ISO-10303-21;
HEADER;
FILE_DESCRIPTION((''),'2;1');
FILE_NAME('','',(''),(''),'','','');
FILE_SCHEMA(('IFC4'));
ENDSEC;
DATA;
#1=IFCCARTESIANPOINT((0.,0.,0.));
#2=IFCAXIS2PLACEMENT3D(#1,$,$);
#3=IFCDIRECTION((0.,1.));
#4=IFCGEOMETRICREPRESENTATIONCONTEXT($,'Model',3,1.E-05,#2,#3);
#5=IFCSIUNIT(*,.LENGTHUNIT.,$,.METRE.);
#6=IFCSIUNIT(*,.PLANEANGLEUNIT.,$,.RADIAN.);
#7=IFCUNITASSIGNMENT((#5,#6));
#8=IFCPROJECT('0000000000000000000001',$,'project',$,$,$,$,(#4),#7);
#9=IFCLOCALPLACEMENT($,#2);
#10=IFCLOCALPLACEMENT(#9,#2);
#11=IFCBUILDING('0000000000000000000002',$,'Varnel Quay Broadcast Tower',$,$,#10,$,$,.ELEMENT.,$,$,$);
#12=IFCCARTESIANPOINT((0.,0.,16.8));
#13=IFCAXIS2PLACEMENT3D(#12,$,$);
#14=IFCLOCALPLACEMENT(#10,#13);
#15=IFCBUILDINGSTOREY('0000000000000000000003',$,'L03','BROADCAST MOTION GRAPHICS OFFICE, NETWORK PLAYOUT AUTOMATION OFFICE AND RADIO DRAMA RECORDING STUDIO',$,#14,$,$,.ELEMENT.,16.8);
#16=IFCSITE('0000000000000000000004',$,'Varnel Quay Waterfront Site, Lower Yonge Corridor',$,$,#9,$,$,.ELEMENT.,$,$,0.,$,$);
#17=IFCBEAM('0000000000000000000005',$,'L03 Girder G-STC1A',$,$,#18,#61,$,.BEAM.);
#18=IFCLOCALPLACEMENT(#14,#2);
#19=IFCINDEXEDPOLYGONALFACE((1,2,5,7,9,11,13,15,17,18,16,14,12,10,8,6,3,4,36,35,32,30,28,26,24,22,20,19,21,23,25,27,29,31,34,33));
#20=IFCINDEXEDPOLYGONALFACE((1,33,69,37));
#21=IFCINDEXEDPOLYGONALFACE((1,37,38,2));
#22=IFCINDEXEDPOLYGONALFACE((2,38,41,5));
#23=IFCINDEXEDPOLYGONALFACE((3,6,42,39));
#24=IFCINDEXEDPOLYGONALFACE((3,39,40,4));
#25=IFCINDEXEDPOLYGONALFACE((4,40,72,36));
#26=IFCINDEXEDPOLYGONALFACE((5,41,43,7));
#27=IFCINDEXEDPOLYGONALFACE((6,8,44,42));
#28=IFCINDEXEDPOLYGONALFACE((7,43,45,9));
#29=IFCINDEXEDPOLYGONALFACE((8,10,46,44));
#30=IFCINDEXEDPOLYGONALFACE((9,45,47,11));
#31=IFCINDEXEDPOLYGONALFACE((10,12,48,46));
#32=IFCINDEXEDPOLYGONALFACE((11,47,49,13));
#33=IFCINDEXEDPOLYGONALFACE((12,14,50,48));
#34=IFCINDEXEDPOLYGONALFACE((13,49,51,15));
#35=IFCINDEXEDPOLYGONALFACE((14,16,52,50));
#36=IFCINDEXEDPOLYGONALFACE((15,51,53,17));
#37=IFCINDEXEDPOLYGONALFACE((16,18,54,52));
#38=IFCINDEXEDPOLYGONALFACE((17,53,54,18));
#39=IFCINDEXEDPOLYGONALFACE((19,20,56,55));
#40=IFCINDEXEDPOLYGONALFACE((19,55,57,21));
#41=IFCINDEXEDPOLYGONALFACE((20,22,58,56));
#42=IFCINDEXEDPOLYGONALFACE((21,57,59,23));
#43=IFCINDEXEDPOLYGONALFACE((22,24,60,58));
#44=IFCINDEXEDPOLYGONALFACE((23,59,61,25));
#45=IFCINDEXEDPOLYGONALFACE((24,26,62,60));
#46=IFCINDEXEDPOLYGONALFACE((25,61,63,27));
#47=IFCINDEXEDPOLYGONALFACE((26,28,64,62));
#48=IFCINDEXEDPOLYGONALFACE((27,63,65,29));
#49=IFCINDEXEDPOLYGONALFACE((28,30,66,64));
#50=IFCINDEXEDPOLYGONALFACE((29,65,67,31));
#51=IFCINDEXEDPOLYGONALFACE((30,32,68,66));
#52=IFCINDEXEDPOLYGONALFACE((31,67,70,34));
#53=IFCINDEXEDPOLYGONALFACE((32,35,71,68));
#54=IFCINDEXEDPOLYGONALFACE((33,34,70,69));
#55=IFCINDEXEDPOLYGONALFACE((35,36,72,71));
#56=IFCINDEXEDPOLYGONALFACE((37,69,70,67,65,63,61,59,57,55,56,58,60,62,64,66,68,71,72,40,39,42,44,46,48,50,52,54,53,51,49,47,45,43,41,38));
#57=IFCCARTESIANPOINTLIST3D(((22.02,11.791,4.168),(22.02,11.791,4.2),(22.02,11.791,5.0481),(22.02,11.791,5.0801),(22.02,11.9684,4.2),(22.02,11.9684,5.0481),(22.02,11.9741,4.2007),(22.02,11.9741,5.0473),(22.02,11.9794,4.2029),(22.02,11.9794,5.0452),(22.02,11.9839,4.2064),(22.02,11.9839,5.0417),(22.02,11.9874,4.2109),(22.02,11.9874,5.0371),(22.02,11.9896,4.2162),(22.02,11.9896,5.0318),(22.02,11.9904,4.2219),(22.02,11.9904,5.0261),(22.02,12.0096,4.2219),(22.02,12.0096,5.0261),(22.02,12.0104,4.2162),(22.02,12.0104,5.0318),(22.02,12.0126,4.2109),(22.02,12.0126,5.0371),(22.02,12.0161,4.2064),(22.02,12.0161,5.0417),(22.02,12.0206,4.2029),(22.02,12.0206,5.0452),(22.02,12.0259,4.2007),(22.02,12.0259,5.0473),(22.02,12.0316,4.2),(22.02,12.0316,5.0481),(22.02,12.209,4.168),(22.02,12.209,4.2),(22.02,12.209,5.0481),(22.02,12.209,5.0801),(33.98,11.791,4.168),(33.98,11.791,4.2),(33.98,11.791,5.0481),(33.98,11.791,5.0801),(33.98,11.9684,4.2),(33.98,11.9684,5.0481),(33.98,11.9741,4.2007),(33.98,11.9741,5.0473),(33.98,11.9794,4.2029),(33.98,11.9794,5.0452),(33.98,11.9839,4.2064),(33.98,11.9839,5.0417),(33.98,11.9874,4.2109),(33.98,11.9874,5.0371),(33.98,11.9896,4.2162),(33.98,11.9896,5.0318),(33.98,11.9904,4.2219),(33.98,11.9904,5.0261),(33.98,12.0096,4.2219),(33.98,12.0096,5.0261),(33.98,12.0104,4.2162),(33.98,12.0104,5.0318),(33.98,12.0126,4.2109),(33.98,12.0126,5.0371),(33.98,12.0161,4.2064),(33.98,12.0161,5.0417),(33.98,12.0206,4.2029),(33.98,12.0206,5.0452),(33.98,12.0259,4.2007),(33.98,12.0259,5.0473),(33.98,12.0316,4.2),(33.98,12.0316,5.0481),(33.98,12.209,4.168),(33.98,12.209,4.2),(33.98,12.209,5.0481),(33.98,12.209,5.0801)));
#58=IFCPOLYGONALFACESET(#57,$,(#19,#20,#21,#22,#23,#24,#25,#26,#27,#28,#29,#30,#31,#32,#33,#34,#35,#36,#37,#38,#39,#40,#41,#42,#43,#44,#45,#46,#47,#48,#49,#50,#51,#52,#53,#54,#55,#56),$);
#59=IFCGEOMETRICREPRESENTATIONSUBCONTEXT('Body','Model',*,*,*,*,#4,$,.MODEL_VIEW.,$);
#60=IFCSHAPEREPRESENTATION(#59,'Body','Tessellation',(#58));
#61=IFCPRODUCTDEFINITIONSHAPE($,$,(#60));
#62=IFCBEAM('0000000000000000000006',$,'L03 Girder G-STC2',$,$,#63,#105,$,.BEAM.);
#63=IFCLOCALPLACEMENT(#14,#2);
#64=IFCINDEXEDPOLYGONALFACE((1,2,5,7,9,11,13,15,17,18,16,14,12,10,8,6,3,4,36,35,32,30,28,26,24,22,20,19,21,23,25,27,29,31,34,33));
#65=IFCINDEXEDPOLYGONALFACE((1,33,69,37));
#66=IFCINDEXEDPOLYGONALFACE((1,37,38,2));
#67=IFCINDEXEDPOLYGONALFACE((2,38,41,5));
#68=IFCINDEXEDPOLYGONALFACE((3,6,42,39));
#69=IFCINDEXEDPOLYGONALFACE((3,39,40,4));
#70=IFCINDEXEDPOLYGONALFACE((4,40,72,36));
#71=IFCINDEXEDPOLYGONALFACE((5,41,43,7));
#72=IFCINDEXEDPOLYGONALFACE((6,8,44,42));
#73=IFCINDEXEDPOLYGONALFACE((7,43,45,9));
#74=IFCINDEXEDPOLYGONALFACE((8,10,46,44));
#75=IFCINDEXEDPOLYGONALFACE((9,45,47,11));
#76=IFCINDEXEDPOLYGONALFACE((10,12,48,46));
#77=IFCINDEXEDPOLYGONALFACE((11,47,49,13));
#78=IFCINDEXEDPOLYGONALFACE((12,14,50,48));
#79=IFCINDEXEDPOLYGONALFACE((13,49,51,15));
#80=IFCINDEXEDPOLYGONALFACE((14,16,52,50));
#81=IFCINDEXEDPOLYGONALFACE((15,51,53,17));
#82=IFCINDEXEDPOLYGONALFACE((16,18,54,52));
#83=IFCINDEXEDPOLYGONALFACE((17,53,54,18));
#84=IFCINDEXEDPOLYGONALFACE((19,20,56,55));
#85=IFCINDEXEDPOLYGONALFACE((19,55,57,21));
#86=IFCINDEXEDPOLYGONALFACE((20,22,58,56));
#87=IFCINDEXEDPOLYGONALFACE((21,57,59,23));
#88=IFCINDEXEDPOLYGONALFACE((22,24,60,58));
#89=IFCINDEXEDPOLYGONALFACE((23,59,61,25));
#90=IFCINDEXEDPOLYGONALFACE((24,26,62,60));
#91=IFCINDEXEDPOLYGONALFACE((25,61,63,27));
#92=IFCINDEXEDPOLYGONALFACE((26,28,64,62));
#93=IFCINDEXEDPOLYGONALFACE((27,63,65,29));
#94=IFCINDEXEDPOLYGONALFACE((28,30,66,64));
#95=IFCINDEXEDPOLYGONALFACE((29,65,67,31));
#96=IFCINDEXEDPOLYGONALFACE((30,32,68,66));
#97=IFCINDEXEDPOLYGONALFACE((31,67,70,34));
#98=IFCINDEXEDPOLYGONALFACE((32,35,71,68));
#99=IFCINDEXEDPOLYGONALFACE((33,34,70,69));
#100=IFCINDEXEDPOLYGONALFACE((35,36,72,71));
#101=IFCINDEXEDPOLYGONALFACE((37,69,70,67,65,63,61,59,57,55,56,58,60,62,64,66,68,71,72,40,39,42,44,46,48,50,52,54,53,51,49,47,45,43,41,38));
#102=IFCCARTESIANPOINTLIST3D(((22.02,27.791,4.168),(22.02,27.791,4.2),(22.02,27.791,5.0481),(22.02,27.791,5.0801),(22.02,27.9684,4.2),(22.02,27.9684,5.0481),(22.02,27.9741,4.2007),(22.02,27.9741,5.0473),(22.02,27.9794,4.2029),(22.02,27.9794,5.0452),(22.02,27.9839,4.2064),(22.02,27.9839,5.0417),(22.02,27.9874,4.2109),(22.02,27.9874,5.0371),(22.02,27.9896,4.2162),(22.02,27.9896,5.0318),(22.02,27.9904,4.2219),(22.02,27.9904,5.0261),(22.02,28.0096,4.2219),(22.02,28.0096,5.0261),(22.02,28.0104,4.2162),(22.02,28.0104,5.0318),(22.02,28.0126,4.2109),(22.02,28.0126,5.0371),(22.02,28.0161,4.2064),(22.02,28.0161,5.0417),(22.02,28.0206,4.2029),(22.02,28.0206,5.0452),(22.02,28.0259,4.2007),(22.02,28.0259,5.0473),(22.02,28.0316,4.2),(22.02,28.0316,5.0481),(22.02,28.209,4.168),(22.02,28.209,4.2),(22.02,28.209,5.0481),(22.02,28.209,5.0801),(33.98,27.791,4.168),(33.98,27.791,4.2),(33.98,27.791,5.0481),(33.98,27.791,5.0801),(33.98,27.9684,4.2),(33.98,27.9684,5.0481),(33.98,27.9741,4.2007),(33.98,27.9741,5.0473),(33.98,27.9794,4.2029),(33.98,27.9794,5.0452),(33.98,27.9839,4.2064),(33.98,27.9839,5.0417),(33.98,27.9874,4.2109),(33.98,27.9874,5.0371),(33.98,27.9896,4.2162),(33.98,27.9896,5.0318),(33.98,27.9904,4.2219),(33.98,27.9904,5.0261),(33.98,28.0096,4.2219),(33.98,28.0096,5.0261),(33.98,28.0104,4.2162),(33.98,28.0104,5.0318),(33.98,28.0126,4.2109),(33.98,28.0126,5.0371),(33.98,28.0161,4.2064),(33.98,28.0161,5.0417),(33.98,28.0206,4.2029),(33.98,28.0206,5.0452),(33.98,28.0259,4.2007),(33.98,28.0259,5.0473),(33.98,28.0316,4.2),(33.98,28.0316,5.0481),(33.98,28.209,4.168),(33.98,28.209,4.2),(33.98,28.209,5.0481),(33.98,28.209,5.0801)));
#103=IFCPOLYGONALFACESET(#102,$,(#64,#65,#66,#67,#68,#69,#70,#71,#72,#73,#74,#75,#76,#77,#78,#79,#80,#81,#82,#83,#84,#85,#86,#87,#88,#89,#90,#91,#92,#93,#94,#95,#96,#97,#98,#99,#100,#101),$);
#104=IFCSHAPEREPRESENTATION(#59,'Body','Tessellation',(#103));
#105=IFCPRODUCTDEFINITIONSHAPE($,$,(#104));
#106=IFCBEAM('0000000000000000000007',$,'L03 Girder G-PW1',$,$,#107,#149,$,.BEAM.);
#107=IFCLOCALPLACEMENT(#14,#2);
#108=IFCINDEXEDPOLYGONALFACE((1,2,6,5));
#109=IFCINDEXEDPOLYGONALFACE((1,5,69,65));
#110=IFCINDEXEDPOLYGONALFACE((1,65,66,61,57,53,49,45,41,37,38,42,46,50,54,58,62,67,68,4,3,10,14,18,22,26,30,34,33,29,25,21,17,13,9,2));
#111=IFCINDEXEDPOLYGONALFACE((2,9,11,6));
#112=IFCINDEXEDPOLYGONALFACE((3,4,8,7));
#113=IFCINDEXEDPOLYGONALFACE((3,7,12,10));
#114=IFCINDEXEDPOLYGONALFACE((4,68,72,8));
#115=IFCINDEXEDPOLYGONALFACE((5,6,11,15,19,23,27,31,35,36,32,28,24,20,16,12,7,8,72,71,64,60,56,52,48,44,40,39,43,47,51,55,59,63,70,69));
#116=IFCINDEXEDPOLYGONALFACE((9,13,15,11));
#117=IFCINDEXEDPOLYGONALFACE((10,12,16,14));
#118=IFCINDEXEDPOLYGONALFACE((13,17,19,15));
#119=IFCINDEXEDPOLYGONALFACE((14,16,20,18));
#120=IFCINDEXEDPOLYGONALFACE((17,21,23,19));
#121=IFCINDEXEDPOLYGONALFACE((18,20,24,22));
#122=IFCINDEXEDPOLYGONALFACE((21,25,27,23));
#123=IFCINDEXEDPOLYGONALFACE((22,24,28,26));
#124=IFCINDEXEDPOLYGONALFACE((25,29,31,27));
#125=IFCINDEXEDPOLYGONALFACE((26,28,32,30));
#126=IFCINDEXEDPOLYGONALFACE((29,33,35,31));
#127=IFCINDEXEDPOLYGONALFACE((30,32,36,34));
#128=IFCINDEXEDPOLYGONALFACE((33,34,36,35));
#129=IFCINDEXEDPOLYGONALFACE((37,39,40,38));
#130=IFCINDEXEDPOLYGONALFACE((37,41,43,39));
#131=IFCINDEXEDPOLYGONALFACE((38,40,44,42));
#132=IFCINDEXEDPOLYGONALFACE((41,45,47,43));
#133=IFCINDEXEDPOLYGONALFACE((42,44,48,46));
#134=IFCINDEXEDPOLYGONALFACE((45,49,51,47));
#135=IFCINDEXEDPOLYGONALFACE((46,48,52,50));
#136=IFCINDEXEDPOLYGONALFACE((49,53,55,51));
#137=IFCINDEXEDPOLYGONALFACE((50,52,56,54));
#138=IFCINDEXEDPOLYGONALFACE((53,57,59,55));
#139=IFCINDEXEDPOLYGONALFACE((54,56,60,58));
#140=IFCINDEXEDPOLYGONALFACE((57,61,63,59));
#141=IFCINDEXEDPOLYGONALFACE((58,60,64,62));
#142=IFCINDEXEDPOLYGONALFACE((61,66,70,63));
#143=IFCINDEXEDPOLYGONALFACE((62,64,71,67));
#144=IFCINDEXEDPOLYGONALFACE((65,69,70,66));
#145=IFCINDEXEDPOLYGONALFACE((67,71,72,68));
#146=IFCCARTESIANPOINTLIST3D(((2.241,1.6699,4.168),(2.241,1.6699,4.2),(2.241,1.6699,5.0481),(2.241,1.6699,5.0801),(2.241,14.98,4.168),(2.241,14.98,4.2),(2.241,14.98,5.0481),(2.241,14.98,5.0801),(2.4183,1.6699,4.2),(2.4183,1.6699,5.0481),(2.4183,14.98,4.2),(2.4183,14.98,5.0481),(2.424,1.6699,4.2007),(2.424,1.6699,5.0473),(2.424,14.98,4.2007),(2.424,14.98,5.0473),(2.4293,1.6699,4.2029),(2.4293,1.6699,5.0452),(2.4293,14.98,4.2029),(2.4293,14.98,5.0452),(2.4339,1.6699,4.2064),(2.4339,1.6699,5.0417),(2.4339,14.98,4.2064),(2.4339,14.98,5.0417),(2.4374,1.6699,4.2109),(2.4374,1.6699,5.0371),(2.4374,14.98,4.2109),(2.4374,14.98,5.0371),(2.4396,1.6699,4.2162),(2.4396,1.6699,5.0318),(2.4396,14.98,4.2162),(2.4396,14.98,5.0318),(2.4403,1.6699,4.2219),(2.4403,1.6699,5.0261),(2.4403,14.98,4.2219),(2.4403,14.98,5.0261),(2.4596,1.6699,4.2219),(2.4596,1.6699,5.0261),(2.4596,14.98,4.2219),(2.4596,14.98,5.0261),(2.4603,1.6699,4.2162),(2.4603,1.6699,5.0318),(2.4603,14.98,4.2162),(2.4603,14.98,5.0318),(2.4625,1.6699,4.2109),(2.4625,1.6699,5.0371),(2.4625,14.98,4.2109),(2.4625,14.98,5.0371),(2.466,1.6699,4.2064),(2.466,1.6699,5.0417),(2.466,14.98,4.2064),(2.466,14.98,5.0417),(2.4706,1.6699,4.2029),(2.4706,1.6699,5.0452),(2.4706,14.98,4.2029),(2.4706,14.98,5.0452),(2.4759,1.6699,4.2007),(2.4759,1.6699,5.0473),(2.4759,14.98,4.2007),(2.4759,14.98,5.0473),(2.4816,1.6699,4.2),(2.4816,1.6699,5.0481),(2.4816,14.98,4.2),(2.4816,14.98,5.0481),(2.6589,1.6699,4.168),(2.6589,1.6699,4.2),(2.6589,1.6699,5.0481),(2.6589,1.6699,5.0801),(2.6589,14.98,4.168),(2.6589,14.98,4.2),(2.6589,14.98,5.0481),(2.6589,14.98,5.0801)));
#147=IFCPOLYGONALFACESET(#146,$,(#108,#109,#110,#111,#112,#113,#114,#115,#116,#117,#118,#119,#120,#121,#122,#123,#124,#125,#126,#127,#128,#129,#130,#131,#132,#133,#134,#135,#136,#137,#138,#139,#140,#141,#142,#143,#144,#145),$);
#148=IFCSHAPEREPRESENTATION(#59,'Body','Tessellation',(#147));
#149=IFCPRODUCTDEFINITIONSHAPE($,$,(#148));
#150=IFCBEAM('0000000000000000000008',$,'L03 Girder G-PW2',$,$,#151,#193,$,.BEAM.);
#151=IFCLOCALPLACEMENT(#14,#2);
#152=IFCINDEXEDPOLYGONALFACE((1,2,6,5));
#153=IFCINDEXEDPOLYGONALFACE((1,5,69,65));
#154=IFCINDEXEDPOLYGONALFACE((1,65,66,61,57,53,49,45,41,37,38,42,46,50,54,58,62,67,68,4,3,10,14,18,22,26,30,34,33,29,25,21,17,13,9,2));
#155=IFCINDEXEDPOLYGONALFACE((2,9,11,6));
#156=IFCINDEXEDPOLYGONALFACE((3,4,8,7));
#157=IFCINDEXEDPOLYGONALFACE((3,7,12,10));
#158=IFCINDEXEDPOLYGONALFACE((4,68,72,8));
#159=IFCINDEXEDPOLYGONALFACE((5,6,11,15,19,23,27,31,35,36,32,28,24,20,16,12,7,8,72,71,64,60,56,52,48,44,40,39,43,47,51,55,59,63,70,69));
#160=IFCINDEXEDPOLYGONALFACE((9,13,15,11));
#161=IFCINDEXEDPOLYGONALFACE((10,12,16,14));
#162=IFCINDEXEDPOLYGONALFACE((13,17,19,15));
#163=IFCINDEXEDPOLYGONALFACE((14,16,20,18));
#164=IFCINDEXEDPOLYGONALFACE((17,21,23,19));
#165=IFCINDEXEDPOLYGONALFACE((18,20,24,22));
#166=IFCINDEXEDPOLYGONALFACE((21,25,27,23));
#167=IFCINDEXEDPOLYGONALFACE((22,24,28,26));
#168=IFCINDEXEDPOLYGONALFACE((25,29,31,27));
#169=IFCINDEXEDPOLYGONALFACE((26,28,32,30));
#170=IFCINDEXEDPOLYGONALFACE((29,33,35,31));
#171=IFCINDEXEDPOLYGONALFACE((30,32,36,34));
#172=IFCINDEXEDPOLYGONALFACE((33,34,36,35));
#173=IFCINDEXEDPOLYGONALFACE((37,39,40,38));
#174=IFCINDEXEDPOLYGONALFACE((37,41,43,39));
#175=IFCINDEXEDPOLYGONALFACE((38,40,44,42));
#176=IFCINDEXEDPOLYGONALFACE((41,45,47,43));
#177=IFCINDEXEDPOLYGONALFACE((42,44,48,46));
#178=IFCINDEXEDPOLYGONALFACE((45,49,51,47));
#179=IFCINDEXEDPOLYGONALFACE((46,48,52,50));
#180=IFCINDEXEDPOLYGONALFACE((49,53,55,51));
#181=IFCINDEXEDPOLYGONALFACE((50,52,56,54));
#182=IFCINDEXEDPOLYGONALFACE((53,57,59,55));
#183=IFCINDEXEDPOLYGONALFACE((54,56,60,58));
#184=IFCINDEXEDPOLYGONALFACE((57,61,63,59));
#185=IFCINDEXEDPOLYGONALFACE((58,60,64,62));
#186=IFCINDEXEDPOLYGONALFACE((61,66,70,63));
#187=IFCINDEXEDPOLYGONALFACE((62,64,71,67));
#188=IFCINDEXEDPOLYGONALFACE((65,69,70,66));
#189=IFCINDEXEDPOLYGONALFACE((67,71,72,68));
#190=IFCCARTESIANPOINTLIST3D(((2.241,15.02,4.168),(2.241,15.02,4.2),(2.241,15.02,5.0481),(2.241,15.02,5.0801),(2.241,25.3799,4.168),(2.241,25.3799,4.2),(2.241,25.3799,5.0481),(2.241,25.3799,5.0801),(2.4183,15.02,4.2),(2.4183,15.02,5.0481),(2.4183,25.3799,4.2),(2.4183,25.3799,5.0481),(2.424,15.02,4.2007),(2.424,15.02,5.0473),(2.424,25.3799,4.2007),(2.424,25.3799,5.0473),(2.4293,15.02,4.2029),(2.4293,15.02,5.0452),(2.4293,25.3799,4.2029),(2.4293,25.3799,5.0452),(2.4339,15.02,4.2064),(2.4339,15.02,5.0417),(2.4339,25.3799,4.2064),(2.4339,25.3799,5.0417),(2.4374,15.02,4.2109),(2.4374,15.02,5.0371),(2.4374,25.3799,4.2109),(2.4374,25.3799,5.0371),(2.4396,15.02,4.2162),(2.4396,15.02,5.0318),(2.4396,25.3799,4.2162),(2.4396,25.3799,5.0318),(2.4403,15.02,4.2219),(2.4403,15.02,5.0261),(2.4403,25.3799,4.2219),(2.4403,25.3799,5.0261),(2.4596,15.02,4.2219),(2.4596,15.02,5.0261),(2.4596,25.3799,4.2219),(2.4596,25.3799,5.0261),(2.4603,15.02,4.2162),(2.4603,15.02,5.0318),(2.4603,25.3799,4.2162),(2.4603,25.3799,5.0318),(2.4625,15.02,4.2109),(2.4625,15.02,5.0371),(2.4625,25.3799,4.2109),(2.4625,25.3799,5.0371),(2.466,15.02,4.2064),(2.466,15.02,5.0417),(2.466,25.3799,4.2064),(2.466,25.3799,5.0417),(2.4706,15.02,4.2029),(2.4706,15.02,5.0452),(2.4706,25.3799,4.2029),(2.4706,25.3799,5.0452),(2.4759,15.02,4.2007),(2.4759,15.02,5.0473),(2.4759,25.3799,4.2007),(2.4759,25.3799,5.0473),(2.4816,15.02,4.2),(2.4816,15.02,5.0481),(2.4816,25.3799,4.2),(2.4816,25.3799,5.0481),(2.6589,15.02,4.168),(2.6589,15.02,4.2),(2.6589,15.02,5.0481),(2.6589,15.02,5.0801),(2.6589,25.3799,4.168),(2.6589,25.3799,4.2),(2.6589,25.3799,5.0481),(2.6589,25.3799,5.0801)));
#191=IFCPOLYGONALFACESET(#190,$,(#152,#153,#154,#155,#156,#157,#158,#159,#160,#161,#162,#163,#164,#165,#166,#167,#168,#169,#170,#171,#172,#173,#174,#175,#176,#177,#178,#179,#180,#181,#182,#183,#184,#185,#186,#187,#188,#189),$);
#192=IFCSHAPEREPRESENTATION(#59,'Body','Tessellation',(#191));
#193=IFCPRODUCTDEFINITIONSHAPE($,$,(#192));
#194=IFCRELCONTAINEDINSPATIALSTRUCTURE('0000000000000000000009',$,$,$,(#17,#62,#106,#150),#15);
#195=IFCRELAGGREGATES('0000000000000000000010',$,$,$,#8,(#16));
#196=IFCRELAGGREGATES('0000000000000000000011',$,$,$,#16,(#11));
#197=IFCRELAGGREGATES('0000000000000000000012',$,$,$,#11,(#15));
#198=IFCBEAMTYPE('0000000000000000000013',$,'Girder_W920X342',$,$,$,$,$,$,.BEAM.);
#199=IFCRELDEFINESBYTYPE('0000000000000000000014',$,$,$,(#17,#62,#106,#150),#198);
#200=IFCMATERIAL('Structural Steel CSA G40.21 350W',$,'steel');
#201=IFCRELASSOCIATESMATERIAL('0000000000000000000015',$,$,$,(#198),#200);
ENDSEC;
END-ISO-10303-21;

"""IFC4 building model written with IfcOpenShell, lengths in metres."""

from ifc_helpers import new_model, si_unit, direction, frame, origin, origin_2d, place, context, subcontext, project, spatial, i_section, extrude, source, transform, mapped, material, material_profile, profile_set, type_object, element, save


model = new_model("IFC4")

# Units and contexts
model_context = context("Model", 3, precision=1e-05, world=origin(), true_north=direction((0.0, 1.0)))
body_context = subcontext(model_context, "Body", "Model", "MODEL_VIEW")
ifc_project = project(units=[si_unit("LENGTHUNIT", "METRE"), si_unit("PLANEANGLEUNIT", "RADIAN")], contexts=[model_context])

# Site, building, storey
site_placement = place(None, origin())
site = spatial("IfcSite", under=ifc_project, at=site_placement, Name="Varnel Quay Waterfront Site, Lower Yonge Corridor", CompositionType="ELEMENT", RefElevation=0.0)
building_placement = place(site_placement, origin())
building = spatial("IfcBuilding", under=site, at=building_placement, Name="Varnel Quay Broadcast Tower", CompositionType="ELEMENT")
storey_placement = place(building_placement, frame((0.0, 0.0, 16.8)))
storey = spatial("IfcBuildingStorey", under=building, at=storey_placement, Name="L03", Description="BROADCAST MOTION GRAPHICS OFFICE, NETWORK PLAYOUT AUTOMATION OFFICE AND RADIO DRAMA RECORDING STUDIO", CompositionType="ELEMENT", Elevation=16.8)

# Shared definitions
ifc_material_1 = material(Name="Structural Steel CSA G40.21 350W", Category="steel")

# Beams
ifc_material_profile_1 = material_profile(ifc_material_1, i_section(OverallWidth=0.418, OverallDepth=0.9121, WebThickness=0.0193, FlangeThickness=0.032, FilletRadius=0.022, at=origin_2d()), Name="W920X342")
ifc_profile_set_1 = profile_set([ifc_material_profile_1], Name="Structural Steel CSA G40.21 350W")
beam_type = type_object("IfcBeamType", Name="Girder_W920X342", PredefinedType="BEAM", material=ifc_profile_set_1)
shared_shape_1 = source(origin(), body_context, "Body", "SweptSolid", [
    extrude(i_section(OverallWidth=0.418, OverallDepth=0.9121, WebThickness=0.0193, FlangeThickness=0.032, FilletRadius=0.022, at=origin_2d()), origin(), (0.0, 0.0, 1.0), 11.96),
])
for number, where, z_axis, x_axis, name in (
    (1, (22.02, 12.0, 4.624), (1.0, 0.0, 0.0), (0.0, 1.0, 0.0), "L03 Girder G-STC1A"),
    (2, (22.02, 28.0, 4.624), (1.0, 0.0, 0.0), (0.0, 1.0, 0.0), "L03 Girder G-STC2"),
):
    element("IfcBeam", number, at=place(storey_placement, frame(where, z_axis=z_axis, x_axis=x_axis)), inside=storey, type_object=beam_type, Name=name, PredefinedType="BEAM", context=body_context, shape_type="MappedRepresentation", body=[
        mapped(shared_shape_1, transform((0.0, 0.0, 0.0), x_axis=(1.0, 0.0, 0.0), y_axis=(0.0, 1.0, 0.0), z_axis=(0.0, 0.0, 1.0), scale=1.0)),
    ])
shared_shape_2 = source(origin(), body_context, "Body", "SweptSolid", [
    extrude(i_section(OverallWidth=0.418, OverallDepth=0.9121, WebThickness=0.0193, FlangeThickness=0.032, FilletRadius=0.022, at=origin_2d()), origin(), (0.0, 0.0, 1.0), 13.3101),
])
beam_1_placement = place(storey_placement, frame((2.45, 1.6699, 4.624), z_axis=(0.0, 1.0, 0.0), x_axis=(-1.0, 0.0, 0.0)))
element("IfcBeam", 3, at=beam_1_placement, inside=storey, type_object=beam_type, Name="L03 Girder G-PW1", PredefinedType="BEAM", context=body_context, shape_type="MappedRepresentation", body=[
    mapped(shared_shape_2, transform((0.0, 0.0, 0.0), x_axis=(1.0, 0.0, 0.0), y_axis=(0.0, 1.0, 0.0), z_axis=(0.0, 0.0, 1.0), scale=1.0)),
])
shared_shape_3 = source(origin(), body_context, "Body", "SweptSolid", [
    extrude(i_section(OverallWidth=0.418, OverallDepth=0.9121, WebThickness=0.0193, FlangeThickness=0.032, FilletRadius=0.022, at=origin_2d()), origin(), (0.0, 0.0, 1.0), 10.3599),
])
beam_2_placement = place(storey_placement, frame((2.45, 15.02, 4.624), z_axis=(0.0, 1.0, 0.0), x_axis=(-1.0, 0.0, 0.0)))
element("IfcBeam", 4, at=beam_2_placement, inside=storey, type_object=beam_type, Name="L03 Girder G-PW2", PredefinedType="BEAM", context=body_context, shape_type="MappedRepresentation", body=[
    mapped(shared_shape_3, transform((0.0, 0.0, 0.0), x_axis=(1.0, 0.0, 0.0), y_axis=(0.0, 1.0, 0.0), z_axis=(0.0, 0.0, 1.0), scale=1.0)),
])

save(model, "model.ifc")
